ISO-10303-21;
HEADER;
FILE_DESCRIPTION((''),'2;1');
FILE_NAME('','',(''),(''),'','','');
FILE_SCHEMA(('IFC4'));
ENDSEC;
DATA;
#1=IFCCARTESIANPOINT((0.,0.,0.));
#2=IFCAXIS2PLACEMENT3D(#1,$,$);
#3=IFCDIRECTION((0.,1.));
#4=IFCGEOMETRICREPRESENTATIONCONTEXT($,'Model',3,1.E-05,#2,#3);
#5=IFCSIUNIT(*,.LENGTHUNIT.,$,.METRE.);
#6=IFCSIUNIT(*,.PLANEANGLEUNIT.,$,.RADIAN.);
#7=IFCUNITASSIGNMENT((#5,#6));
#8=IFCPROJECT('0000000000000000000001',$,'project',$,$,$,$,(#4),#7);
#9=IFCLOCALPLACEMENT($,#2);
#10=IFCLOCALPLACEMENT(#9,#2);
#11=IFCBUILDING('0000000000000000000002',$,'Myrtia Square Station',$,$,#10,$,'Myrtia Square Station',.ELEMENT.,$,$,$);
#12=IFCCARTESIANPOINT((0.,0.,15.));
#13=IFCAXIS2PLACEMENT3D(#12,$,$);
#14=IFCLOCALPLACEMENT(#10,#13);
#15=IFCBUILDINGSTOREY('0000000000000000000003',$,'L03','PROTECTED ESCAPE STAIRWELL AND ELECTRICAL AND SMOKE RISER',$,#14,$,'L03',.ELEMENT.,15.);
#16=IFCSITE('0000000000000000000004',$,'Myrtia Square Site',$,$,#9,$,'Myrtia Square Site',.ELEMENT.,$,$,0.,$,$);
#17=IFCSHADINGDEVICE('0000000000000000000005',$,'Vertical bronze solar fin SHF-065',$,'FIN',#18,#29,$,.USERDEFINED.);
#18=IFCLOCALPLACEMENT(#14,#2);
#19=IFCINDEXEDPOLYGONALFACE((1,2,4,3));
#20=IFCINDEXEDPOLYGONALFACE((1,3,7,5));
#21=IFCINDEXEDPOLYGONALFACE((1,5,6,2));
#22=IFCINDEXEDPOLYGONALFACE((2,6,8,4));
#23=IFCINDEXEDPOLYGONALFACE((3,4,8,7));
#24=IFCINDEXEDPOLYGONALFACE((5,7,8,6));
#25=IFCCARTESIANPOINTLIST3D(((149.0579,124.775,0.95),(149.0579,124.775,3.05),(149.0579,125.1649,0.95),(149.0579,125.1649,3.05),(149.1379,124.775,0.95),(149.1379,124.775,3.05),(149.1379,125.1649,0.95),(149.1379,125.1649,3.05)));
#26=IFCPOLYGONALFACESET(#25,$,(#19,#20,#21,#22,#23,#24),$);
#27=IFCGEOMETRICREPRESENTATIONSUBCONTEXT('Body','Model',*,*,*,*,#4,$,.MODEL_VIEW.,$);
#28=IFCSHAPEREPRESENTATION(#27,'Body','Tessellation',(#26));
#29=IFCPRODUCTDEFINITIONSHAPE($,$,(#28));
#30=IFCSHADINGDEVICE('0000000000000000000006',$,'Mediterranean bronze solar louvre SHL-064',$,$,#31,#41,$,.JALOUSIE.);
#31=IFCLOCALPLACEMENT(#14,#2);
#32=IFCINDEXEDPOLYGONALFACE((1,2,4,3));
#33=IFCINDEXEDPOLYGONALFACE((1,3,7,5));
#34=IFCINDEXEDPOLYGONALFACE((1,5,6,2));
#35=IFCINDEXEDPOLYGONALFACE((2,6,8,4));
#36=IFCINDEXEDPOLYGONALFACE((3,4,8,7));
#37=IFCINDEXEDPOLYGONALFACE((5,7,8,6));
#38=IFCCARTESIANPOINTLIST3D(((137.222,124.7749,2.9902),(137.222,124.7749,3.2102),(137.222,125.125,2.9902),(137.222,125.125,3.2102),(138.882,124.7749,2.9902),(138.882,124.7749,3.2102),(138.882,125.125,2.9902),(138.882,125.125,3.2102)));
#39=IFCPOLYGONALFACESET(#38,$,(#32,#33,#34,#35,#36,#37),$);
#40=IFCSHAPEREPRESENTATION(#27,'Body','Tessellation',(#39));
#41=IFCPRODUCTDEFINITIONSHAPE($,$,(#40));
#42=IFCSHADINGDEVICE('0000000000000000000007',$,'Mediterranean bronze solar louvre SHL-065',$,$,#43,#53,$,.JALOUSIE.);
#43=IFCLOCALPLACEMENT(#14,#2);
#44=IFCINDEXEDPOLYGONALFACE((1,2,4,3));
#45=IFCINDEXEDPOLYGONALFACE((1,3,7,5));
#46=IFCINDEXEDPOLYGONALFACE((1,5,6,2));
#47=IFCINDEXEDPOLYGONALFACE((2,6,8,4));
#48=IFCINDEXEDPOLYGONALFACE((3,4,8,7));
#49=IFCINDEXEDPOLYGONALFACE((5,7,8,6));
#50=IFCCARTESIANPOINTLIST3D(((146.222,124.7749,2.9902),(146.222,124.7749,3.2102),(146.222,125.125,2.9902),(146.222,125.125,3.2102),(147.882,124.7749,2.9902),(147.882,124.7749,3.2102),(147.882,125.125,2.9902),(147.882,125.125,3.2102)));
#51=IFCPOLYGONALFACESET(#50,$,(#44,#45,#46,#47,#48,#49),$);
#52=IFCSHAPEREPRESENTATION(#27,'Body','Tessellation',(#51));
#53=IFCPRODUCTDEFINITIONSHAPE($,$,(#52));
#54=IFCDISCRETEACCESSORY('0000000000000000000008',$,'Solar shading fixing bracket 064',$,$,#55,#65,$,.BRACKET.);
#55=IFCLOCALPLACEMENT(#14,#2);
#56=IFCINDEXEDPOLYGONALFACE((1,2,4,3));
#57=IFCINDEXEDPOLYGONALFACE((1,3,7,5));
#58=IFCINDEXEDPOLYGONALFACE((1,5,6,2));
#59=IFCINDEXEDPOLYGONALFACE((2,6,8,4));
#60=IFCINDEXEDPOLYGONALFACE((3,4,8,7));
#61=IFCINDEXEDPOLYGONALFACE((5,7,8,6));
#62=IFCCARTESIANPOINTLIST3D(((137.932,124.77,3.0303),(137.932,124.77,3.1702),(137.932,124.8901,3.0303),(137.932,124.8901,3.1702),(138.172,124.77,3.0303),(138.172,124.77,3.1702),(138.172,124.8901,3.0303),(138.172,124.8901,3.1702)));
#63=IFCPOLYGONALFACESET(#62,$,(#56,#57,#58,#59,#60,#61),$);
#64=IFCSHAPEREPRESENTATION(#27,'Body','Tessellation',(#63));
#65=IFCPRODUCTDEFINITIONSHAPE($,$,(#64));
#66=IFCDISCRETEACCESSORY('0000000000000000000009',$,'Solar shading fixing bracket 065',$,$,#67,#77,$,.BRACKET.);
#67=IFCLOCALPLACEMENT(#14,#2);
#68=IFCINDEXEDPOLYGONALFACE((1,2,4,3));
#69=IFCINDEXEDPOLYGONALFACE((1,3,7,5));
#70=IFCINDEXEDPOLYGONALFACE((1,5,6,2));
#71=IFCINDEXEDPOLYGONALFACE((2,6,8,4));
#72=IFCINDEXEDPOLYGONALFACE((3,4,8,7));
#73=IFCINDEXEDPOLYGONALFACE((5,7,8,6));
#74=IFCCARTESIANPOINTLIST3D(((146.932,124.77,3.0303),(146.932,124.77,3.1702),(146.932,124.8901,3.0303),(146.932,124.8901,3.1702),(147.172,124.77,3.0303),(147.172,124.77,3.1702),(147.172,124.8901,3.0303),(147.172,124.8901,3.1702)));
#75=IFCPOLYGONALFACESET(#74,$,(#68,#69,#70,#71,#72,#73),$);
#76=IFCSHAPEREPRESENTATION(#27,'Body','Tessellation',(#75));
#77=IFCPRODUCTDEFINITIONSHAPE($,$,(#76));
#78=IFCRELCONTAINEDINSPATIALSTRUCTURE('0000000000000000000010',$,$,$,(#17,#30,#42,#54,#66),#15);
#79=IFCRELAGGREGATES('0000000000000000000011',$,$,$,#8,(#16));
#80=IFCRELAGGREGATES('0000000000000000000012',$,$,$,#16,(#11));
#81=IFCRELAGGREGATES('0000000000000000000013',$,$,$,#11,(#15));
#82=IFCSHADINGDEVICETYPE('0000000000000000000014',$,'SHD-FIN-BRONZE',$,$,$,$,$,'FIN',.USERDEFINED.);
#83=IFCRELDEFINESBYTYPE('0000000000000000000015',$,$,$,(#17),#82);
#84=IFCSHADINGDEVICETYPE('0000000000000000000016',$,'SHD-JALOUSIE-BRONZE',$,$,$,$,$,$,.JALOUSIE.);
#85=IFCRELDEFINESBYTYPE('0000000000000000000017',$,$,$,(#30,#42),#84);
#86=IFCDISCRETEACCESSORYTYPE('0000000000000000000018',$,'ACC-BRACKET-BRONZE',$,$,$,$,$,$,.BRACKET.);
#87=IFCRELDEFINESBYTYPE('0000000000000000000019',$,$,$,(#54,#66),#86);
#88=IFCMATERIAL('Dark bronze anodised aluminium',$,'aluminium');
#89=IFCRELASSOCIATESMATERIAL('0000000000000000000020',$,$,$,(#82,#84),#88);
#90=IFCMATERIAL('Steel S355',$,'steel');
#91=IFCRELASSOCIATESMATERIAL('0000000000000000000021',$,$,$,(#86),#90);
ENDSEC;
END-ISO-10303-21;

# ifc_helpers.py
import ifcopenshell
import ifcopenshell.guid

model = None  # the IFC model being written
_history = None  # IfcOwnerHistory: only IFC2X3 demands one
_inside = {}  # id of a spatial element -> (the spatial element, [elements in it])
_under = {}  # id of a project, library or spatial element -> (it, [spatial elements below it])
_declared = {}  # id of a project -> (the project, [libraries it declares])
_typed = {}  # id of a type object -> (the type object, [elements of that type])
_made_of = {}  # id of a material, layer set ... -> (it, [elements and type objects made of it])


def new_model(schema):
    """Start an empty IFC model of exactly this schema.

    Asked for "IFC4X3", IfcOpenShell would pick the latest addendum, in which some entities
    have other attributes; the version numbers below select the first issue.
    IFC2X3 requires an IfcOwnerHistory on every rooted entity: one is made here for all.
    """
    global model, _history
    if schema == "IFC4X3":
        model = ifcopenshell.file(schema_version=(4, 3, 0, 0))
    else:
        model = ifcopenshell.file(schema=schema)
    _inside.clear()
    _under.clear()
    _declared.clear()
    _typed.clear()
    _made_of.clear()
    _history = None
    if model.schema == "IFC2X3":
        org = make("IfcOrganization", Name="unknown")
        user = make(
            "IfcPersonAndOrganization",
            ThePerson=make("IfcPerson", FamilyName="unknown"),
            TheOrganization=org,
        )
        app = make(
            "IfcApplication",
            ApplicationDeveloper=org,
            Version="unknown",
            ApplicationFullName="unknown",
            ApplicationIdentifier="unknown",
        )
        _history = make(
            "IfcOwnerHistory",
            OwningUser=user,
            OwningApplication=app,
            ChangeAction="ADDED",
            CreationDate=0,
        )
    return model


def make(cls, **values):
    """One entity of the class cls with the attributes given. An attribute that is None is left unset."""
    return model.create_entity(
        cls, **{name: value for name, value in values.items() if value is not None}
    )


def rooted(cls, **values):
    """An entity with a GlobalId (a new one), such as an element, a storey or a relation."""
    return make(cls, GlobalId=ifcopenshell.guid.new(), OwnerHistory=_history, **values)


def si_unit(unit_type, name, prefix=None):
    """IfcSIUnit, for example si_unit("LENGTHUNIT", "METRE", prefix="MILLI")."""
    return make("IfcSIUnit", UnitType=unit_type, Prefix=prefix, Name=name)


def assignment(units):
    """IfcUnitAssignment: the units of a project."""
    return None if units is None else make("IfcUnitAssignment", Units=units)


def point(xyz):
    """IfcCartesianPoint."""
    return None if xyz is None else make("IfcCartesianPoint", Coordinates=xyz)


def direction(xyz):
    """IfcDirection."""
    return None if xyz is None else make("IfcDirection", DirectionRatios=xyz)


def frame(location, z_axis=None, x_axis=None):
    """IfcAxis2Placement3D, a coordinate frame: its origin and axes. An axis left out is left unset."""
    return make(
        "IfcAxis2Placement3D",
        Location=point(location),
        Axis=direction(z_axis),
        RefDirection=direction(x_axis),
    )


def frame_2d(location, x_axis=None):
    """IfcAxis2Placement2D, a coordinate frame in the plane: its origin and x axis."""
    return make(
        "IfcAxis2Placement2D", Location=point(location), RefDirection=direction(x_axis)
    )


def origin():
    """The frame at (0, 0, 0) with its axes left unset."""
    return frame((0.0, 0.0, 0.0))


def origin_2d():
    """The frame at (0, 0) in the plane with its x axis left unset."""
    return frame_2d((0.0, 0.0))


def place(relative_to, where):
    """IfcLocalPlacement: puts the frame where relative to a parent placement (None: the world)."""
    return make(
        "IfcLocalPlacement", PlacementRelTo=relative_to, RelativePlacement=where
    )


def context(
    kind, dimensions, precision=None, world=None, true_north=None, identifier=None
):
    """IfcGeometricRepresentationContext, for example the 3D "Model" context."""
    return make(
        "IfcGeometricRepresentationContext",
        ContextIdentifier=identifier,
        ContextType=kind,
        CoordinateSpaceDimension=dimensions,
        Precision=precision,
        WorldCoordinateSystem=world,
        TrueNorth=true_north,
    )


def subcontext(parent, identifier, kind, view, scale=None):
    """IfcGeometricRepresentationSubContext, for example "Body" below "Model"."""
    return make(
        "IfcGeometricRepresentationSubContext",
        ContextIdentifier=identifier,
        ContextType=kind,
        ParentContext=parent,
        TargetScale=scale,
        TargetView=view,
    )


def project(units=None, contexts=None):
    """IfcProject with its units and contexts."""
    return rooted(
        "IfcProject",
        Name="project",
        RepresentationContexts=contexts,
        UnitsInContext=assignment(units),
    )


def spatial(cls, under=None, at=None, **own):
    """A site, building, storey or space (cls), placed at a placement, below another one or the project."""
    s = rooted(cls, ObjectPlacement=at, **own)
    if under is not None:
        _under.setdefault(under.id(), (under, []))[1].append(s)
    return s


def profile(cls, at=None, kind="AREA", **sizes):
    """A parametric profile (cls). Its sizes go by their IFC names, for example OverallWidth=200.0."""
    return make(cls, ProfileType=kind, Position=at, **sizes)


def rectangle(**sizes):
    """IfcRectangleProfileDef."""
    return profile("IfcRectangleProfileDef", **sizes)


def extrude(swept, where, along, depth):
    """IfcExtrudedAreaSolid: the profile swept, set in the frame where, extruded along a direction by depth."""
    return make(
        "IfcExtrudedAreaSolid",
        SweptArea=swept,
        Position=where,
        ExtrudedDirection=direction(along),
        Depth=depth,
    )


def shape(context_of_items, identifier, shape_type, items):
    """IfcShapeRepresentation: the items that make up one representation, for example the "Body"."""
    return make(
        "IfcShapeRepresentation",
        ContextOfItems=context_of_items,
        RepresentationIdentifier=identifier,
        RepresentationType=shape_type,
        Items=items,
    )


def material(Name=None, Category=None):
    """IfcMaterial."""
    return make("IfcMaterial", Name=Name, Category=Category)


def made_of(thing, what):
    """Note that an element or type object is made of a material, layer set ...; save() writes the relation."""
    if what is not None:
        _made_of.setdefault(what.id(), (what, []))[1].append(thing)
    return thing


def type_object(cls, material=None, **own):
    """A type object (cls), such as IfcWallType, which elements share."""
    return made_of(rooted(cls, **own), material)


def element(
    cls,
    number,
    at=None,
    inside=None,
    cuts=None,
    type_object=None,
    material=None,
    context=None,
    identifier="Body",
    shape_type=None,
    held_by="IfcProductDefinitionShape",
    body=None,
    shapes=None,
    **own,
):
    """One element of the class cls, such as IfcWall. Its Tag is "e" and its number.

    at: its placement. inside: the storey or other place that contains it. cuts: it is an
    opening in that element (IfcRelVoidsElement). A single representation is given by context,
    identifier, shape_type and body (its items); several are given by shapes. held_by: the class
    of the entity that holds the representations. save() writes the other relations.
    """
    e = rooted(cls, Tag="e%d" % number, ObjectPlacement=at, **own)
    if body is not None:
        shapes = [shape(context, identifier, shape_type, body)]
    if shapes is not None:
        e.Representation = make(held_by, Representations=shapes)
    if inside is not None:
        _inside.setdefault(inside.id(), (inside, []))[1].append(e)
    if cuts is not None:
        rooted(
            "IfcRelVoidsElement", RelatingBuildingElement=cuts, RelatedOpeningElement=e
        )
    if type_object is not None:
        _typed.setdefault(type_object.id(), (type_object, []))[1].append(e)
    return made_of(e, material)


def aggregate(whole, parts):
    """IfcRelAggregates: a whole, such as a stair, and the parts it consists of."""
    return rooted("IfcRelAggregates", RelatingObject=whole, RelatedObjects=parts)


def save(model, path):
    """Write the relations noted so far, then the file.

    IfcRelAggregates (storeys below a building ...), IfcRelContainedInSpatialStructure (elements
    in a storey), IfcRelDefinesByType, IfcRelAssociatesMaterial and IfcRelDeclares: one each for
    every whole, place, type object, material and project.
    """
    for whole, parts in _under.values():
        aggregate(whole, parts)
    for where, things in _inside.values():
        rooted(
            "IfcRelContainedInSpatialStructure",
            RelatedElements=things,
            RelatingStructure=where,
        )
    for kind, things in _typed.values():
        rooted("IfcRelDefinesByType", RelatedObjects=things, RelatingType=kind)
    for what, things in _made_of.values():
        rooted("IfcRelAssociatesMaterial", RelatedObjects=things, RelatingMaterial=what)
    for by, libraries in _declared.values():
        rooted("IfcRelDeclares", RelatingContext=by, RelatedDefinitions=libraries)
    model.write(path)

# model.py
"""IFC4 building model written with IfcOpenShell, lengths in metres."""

from ifc_helpers import new_model, si_unit, direction, frame, origin, origin_2d, place, context, subcontext, project, spatial, rectangle, extrude, material, type_object, element, save


model = new_model("IFC4")

# Units and contexts
model_context = context("Model", 3, precision=1e-05, world=origin(), true_north=direction((0.0, 1.0)))
body_context = subcontext(model_context, "Body", "Model", "MODEL_VIEW")
ifc_project = project(units=[si_unit("LENGTHUNIT", "METRE"), si_unit("PLANEANGLEUNIT", "RADIAN")], contexts=[model_context])

# Site, building, storey
site_placement = place(None, origin())
site = spatial("IfcSite", under=ifc_project, at=site_placement, Name="Myrtia Square Site", LongName="Myrtia Square Site", CompositionType="ELEMENT", RefElevation=0.0)
building_placement = place(site_placement, origin())
building = spatial("IfcBuilding", under=site, at=building_placement, Name="Myrtia Square Station", LongName="Myrtia Square Station", CompositionType="ELEMENT")
storey_placement = place(building_placement, frame((0.0, 0.0, 15.0)))
storey = spatial("IfcBuildingStorey", under=building, at=storey_placement, Name="L03", Description="PROTECTED ESCAPE STAIRWELL AND ELECTRICAL AND SMOKE RISER", LongName="L03", CompositionType="ELEMENT", Elevation=15.0)

# Shared definitions
ifc_material_1 = material(Name="Steel S355", Category="steel")

# Shared definitions
ifc_material_2 = material(Name="Dark bronze anodised aluminium", Category="aluminium")

# Shading devices
shading_device_type_1 = type_object("IfcShadingDeviceType", Name="SHD-FIN-BRONZE", ElementType="FIN", PredefinedType="USERDEFINED", material=ifc_material_2)
for number, where, z_axis, x_axis, name in (
    (1, (149.0979, 124.97, 0.95), (0.0, 0.0, 1.0), (1.0, 0.0, 0.0), "Vertical bronze solar fin SHF-065"),
):
    element("IfcShadingDevice", number, at=place(storey_placement, frame(where, z_axis=z_axis, x_axis=x_axis)), inside=storey, type_object=shading_device_type_1, Name=name, ObjectType="FIN", PredefinedType="USERDEFINED", context=body_context, shape_type="SweptSolid", body=[
        extrude(rectangle(XDim=0.0801, YDim=0.3899, at=origin_2d()), origin(), (0.0, 0.0, 1.0), 2.1001),
    ])
shading_device_type_2 = type_object("IfcShadingDeviceType", Name="SHD-JALOUSIE-BRONZE", PredefinedType="JALOUSIE", material=ifc_material_2)
for number, where, z_axis, x_axis, name in (
    (2, (138.052, 124.95, 2.9902), (0.0, 0.0, 1.0), (1.0, 0.0, 0.0), "Mediterranean bronze solar louvre SHL-064"),
    (3, (147.052, 124.95, 2.9902), (0.0, 0.0, 1.0), (1.0, 0.0, 0.0), "Mediterranean bronze solar louvre SHL-065"),
):
    element("IfcShadingDevice", number, at=place(storey_placement, frame(where, z_axis=z_axis, x_axis=x_axis)), inside=storey, type_object=shading_device_type_2, Name=name, PredefinedType="JALOUSIE", context=body_context, shape_type="SweptSolid", body=[
        extrude(rectangle(XDim=1.6599, YDim=0.3501, at=origin_2d()), origin(), (0.0, 0.0, 1.0), 0.22),
    ])

# Discrete accessories
discrete_accessory_type = type_object("IfcDiscreteAccessoryType", Name="ACC-BRACKET-BRONZE", PredefinedType="BRACKET", material=ifc_material_1)
for number, where, z_axis, x_axis, name in (
    (4, (138.052, 124.8301, 3.0303), (0.0, 0.0, 1.0), (1.0, 0.0, 0.0), "Solar shading fixing bracket 064"),
    (5, (147.052, 124.8301, 3.0303), (0.0, 0.0, 1.0), (1.0, 0.0, 0.0), "Solar shading fixing bracket 065"),
):
    element("IfcDiscreteAccessory", number, at=place(storey_placement, frame(where, z_axis=z_axis, x_axis=x_axis)), inside=storey, type_object=discrete_accessory_type, Name=name, PredefinedType="BRACKET", context=body_context, shape_type="SweptSolid", body=[
        extrude(rectangle(XDim=0.24, YDim=0.1201, at=origin_2d()), origin(), (0.0, 0.0, 1.0), 0.1399),
    ])

save(model, "model.ifc")
